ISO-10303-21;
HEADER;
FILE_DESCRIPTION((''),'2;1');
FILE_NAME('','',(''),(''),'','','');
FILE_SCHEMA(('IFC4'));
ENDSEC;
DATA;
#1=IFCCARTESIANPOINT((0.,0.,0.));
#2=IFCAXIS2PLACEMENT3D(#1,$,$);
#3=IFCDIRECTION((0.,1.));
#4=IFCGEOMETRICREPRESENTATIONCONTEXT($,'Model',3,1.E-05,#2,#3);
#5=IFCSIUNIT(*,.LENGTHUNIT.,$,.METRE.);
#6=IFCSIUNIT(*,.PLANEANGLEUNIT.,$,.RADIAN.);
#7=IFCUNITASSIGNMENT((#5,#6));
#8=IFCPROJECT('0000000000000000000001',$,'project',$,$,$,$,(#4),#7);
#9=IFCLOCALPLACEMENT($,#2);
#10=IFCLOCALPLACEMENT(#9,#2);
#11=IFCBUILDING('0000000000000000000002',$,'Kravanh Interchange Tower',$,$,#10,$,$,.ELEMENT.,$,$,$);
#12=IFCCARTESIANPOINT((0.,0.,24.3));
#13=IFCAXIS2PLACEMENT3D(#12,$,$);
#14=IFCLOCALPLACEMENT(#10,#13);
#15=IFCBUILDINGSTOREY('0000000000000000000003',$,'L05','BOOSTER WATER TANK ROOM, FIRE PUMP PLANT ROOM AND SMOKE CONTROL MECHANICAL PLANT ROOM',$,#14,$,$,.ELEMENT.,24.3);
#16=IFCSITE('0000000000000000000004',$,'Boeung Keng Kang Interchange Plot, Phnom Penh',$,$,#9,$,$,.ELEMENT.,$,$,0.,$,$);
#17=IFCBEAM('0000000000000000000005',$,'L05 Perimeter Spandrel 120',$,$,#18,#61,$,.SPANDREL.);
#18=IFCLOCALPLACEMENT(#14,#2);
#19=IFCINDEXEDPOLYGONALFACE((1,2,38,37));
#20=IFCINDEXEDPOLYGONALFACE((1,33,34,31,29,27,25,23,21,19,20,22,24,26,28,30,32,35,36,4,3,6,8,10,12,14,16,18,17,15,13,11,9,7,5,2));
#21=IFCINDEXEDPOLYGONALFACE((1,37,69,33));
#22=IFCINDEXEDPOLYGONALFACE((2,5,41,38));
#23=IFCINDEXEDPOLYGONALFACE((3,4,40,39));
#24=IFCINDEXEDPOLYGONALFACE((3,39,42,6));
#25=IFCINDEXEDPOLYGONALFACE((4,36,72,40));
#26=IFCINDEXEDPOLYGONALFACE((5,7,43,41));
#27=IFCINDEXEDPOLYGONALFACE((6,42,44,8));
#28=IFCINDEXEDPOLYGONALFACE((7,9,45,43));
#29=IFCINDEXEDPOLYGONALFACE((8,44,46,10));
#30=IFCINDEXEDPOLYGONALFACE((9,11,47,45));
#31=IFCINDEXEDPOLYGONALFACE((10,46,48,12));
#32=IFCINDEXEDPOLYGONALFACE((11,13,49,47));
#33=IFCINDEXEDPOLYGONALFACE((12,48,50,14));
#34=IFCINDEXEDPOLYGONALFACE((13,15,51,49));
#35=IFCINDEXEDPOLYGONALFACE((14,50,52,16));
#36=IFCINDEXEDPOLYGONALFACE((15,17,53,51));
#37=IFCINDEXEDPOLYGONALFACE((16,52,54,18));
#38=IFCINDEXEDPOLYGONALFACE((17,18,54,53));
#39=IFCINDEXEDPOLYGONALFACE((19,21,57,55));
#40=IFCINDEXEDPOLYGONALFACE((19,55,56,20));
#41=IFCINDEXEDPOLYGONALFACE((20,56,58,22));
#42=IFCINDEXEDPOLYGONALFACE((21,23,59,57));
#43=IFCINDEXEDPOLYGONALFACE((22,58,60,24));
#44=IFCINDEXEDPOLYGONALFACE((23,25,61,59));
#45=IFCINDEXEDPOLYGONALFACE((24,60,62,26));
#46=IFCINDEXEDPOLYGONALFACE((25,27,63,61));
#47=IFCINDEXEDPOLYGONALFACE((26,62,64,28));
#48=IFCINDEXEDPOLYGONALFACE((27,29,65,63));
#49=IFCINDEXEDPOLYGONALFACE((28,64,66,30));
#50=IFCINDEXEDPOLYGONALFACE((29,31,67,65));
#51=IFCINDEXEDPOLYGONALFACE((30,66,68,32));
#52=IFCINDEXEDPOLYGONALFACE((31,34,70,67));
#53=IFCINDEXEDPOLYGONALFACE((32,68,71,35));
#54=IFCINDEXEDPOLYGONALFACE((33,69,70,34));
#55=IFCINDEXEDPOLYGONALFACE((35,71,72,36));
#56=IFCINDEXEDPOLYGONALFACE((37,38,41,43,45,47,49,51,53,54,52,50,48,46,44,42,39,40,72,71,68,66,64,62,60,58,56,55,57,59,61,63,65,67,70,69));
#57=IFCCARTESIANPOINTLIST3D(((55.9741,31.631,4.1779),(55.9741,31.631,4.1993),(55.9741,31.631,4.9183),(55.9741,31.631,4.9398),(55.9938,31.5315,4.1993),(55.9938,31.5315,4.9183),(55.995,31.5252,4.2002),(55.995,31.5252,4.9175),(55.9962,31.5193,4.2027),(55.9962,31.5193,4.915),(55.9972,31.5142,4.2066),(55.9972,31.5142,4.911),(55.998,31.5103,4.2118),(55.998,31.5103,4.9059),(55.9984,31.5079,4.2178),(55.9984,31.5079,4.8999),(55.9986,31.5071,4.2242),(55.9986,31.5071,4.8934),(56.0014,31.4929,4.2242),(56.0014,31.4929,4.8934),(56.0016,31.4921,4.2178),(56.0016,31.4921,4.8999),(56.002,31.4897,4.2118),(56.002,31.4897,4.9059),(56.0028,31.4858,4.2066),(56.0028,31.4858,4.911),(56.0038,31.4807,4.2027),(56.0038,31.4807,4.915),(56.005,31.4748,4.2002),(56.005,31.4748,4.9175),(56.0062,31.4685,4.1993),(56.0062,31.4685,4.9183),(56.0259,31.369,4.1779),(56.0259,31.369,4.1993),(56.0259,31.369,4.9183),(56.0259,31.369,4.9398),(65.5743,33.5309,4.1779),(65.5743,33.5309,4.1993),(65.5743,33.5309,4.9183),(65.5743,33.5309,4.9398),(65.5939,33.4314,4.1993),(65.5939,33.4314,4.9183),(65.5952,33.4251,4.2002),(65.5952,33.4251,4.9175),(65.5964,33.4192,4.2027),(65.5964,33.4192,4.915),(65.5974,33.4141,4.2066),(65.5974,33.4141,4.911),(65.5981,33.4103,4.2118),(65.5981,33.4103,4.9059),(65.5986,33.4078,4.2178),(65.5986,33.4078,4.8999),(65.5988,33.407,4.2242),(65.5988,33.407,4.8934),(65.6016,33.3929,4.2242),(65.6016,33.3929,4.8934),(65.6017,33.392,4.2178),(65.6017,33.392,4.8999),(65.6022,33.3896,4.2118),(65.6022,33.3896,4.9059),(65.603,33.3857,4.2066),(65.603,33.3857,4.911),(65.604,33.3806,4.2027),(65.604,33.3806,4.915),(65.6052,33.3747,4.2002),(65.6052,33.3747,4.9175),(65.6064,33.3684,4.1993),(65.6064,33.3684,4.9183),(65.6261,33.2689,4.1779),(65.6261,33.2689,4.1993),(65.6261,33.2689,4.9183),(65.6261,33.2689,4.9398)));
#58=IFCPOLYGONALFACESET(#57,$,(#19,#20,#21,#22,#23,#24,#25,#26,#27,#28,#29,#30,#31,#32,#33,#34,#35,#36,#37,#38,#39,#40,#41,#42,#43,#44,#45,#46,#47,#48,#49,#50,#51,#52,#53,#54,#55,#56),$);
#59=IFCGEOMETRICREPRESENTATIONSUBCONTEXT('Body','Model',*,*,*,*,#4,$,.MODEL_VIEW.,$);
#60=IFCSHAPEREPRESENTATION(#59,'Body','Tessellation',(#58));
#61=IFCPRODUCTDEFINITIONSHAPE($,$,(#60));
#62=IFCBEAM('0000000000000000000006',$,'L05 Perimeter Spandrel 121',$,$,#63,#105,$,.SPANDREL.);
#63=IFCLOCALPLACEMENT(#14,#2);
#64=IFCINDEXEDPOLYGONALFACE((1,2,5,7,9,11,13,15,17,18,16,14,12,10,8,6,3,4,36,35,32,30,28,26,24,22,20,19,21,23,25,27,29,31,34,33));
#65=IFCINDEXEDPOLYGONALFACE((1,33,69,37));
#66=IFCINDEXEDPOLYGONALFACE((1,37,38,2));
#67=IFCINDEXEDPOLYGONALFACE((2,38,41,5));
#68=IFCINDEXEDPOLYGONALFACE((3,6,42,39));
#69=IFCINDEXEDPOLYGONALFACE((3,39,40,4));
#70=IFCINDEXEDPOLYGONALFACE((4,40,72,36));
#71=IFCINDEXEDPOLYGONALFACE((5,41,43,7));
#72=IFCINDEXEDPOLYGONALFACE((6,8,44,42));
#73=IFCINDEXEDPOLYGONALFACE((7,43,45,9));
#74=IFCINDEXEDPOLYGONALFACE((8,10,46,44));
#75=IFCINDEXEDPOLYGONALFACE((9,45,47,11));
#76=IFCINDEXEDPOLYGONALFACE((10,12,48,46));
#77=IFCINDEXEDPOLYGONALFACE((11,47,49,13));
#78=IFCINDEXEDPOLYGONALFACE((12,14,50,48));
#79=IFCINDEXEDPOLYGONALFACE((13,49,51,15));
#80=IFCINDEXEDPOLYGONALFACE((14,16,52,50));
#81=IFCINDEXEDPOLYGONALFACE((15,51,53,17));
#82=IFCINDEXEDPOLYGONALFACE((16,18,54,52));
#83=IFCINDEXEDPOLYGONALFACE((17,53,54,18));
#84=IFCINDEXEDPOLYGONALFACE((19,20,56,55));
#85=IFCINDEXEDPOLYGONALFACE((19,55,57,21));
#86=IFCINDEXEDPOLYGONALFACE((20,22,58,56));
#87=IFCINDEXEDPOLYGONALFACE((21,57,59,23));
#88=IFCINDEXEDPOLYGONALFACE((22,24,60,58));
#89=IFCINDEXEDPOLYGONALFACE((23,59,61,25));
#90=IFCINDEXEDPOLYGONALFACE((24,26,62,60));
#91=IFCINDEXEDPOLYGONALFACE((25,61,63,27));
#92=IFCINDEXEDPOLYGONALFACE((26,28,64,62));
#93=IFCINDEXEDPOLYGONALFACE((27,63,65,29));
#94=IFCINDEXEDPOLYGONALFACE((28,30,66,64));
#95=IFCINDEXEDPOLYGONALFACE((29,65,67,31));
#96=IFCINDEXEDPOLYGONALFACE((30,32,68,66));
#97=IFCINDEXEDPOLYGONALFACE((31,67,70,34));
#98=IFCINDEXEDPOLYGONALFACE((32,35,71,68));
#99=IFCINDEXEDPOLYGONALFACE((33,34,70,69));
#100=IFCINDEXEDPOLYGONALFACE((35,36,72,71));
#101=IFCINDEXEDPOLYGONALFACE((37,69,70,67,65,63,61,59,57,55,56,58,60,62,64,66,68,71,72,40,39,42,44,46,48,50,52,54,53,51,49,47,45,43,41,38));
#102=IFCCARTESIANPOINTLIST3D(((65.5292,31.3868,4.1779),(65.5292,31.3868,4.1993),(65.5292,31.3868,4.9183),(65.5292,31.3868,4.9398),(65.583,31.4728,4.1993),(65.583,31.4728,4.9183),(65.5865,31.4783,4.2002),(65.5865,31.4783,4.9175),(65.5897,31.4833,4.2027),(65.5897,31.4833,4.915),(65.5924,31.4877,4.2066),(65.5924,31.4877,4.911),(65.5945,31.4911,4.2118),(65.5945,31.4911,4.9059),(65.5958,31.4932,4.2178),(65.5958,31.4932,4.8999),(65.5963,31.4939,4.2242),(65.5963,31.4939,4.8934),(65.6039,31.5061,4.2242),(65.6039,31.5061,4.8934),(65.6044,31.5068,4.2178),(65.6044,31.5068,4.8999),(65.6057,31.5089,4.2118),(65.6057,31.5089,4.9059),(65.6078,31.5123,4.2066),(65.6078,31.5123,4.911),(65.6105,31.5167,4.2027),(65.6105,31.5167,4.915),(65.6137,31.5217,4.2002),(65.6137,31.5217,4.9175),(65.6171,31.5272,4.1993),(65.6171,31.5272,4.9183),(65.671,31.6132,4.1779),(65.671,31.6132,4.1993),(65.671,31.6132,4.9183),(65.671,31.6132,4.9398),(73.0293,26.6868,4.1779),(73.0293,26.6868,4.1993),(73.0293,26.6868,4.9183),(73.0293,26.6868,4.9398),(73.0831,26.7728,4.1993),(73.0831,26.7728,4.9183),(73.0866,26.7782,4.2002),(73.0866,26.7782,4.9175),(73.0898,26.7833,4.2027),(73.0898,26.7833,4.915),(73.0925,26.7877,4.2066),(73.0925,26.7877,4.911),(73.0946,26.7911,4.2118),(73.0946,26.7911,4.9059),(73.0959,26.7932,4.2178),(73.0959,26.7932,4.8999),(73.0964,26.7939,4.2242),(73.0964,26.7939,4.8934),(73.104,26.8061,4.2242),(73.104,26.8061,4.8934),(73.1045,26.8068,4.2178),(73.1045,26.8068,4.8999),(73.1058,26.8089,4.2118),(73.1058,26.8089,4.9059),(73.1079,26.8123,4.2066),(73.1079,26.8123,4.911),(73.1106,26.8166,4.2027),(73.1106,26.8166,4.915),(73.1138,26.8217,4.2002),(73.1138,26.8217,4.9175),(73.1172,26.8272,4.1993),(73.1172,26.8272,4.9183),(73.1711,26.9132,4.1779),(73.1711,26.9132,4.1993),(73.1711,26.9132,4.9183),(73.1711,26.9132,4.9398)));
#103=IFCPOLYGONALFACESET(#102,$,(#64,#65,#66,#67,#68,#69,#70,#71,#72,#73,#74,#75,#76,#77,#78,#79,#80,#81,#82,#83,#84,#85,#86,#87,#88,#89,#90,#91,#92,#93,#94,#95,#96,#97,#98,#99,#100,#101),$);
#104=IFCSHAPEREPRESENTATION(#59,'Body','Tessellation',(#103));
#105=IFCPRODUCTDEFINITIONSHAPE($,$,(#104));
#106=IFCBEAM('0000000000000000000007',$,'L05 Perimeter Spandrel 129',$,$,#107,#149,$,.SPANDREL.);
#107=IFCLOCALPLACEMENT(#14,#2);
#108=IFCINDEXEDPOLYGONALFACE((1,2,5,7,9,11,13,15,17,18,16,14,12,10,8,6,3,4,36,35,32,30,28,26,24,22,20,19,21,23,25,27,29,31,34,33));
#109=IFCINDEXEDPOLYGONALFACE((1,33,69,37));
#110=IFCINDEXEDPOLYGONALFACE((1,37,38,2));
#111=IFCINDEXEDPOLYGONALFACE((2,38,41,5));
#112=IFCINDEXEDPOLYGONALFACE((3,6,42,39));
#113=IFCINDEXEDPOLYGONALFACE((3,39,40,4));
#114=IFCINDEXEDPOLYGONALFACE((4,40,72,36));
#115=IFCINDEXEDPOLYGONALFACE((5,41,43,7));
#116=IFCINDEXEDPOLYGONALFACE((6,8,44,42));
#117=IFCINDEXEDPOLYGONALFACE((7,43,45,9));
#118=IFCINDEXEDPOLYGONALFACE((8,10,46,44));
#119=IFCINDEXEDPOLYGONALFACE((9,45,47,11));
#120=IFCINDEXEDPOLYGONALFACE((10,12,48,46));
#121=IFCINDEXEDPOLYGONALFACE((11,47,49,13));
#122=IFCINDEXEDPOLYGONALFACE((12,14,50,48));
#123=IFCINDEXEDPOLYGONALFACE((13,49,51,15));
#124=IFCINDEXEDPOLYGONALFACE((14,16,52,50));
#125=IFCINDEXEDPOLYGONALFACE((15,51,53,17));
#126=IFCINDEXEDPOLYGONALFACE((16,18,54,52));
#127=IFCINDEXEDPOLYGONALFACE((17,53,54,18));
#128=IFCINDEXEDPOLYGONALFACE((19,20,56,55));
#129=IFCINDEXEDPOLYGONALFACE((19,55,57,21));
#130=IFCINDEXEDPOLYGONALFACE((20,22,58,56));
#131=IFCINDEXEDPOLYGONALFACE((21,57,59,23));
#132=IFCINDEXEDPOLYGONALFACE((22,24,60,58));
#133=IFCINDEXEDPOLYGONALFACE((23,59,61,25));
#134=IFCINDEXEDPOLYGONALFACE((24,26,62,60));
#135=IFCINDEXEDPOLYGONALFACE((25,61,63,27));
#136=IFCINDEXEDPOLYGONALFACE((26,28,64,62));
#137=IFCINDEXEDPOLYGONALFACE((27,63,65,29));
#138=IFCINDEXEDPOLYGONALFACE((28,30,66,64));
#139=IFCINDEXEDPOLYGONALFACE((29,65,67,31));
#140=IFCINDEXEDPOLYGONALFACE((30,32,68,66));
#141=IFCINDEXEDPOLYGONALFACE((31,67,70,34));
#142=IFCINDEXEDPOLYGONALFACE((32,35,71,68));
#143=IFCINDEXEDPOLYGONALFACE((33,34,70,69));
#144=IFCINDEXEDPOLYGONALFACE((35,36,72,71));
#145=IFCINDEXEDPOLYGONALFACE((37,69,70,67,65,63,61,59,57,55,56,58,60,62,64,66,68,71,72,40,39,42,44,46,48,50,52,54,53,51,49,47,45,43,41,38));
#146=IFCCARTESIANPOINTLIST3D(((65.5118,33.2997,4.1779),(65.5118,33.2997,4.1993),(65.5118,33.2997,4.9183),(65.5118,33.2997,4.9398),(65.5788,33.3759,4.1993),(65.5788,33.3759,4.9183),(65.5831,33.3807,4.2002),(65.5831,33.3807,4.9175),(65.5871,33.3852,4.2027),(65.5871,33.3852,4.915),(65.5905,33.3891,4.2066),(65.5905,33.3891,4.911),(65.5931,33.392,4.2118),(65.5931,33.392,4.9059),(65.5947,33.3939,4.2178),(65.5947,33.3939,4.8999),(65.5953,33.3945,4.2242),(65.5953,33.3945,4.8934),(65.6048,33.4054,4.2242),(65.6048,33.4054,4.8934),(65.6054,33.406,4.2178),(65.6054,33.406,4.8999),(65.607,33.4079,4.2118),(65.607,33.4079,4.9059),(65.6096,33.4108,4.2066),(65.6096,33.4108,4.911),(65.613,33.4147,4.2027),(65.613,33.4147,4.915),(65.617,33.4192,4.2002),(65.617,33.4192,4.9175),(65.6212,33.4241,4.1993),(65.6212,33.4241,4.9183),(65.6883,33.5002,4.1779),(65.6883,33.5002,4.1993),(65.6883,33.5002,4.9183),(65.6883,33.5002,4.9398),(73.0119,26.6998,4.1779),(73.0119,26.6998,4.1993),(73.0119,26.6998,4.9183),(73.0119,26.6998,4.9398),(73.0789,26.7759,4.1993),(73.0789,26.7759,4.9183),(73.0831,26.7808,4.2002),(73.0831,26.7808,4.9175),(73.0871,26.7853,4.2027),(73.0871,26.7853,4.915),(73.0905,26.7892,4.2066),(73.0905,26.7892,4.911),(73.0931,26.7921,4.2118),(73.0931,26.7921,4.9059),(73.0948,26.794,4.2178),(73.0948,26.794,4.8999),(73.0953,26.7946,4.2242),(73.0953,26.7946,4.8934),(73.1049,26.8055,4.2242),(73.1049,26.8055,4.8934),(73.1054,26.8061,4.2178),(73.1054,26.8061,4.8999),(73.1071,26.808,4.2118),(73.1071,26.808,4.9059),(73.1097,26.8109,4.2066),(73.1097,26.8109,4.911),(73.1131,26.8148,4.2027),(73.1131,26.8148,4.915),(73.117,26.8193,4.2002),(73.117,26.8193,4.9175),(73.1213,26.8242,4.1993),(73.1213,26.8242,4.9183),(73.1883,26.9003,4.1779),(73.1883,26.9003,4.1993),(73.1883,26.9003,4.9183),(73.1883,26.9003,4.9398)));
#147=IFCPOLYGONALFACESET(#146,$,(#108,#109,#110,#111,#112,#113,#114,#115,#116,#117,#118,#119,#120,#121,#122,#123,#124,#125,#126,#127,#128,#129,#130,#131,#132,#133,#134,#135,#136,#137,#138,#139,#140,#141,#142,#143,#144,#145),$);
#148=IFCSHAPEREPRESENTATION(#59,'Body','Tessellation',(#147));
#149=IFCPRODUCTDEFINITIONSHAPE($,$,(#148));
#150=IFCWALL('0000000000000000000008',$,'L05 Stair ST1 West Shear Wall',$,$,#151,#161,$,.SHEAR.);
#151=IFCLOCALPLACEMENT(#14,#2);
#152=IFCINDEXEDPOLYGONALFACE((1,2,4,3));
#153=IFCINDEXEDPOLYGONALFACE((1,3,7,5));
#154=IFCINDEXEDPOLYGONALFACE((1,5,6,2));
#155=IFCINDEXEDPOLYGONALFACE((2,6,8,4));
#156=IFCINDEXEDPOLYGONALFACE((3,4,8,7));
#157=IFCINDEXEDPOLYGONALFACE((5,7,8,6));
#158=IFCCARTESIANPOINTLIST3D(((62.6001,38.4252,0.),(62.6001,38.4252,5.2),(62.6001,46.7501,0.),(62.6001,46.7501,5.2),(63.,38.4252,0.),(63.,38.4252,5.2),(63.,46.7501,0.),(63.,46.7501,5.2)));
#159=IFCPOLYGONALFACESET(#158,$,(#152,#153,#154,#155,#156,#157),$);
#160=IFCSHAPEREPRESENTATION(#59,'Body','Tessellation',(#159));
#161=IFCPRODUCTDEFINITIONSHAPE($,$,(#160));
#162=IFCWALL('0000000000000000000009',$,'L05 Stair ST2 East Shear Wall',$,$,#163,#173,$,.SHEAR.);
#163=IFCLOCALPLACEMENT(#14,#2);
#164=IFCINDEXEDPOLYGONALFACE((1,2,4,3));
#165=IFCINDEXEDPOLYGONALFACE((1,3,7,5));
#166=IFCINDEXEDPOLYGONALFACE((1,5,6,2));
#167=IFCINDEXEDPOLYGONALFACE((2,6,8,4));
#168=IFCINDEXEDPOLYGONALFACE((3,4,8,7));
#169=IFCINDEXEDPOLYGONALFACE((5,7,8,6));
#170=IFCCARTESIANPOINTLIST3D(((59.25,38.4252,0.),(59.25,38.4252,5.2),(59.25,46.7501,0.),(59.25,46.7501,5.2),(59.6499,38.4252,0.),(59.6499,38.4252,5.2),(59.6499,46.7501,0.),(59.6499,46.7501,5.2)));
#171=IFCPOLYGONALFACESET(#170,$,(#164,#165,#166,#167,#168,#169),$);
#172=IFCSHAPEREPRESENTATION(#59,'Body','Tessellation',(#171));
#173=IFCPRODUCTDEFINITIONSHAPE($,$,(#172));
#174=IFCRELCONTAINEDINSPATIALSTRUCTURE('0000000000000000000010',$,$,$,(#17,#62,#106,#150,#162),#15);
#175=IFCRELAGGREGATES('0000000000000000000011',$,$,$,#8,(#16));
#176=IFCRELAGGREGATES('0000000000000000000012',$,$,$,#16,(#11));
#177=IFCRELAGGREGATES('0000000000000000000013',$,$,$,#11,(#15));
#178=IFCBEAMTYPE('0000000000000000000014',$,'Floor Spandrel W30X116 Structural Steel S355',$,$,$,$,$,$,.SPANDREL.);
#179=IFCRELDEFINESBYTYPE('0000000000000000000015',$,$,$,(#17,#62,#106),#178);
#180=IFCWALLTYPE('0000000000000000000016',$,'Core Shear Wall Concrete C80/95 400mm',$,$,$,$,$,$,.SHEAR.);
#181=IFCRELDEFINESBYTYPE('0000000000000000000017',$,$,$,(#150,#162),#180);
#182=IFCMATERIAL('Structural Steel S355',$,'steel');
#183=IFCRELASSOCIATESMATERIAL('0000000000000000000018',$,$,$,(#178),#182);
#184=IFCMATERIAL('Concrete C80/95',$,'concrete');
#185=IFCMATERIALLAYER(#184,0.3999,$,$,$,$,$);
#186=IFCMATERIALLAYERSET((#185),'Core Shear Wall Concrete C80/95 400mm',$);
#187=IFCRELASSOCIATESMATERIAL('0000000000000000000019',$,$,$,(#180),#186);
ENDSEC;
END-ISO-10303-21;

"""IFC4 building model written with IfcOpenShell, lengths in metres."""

from ifc_helpers import new_model, si_unit, direction, frame, frame_2d, origin, origin_2d, place, context, subcontext, project, spatial, rectangle, i_section, extrude, material, layer, layer_set, material_profile, profile_set, type_object, element, save


model = new_model("IFC4")

# Units and contexts
model_context = context("Model", 3, precision=1e-05, world=origin(), true_north=direction((0.0, 1.0)))
body_context = subcontext(model_context, "Body", "Model", "MODEL_VIEW")
ifc_project = project(units=[si_unit("LENGTHUNIT", "METRE"), si_unit("PLANEANGLEUNIT", "RADIAN")], contexts=[model_context])

# Site, building, storey
site_placement = place(None, origin())
site = spatial("IfcSite", under=ifc_project, at=site_placement, Name="Boeung Keng Kang Interchange Plot, Phnom Penh", CompositionType="ELEMENT", RefElevation=0.0)
building_placement = place(site_placement, origin())
building = spatial("IfcBuilding", under=site, at=building_placement, Name="Kravanh Interchange Tower", CompositionType="ELEMENT")
storey_placement = place(building_placement, frame((0.0, 0.0, 24.3)))
storey = spatial("IfcBuildingStorey", under=building, at=storey_placement, Name="L05", Description="BOOSTER WATER TANK ROOM, FIRE PUMP PLANT ROOM AND SMOKE CONTROL MECHANICAL PLANT ROOM", CompositionType="ELEMENT", Elevation=24.3)

# Beams
ifc_material_1 = material(Name="Structural Steel S355", Category="steel")
ifc_material_profile_1 = material_profile(ifc_material_1, i_section(OverallWidth=0.2671, OverallDepth=0.762, WebThickness=0.0144, FlangeThickness=0.0215, FilletRadius=0.0249, at=origin_2d()), Name="W30X116")
ifc_profile_set_1 = profile_set([ifc_material_profile_1], Name="Structural Steel S355")
beam_type_1 = type_object("IfcBeamType", Name="Floor Spandrel W30X116 Structural Steel S355", PredefinedType="SPANDREL", material=ifc_profile_set_1)
beam_1_placement = place(storey_placement, frame((56.0, 31.5, 4.5588), z_axis=(0.980974, 0.194139, 0.0), x_axis=(-0.194139, 0.980974, 0.0)))
element("IfcBeam", 1, at=beam_1_placement, inside=storey, type_object=beam_type_1, Name="L05 Perimeter Spandrel 120", PredefinedType="SPANDREL", context=body_context, shape_type="SweptSolid", body=[
    extrude(i_section(OverallWidth=0.2671, OverallDepth=0.762, WebThickness=0.0144, FlangeThickness=0.0215, FilletRadius=0.0249, at=origin_2d()), origin(), (0.0, 0.0, 1.0), 9.7864),
])
beam_2_placement = place(storey_placement, frame((65.6001, 31.5, 4.5588), z_axis=(0.847365, -0.53101, 0.0), x_axis=(0.53101, 0.847365, 0.0)))
element("IfcBeam", 2, at=beam_2_placement, inside=storey, type_object=beam_type_1, Name="L05 Perimeter Spandrel 121", PredefinedType="SPANDREL", context=body_context, shape_type="SweptSolid", body=[
    extrude(i_section(OverallWidth=0.2671, OverallDepth=0.762, WebThickness=0.0144, FlangeThickness=0.0215, FilletRadius=0.0249, at=origin_2d()), origin(), (0.0, 0.0, 1.0), 8.8511),
])
beam_3_placement = place(storey_placement, frame((73.1001, 26.8, 4.5588), z_axis=(-0.750721, 0.66062, 0.0), x_axis=(-0.66062, -0.750721, 0.0)))
element("IfcBeam", 3, at=beam_3_placement, inside=storey, type_object=beam_type_1, Name="L05 Perimeter Spandrel 129", PredefinedType="SPANDREL", context=body_context, shape_type="SweptSolid", body=[
    extrude(i_section(OverallWidth=0.2671, OverallDepth=0.762, WebThickness=0.0144, FlangeThickness=0.0215, FilletRadius=0.0249, at=origin_2d()), origin(), (0.0, 0.0, 1.0), 9.9905),
])

# Walls
ifc_material_2 = material(Name="Concrete C80/95", Category="concrete")
ifc_layer_1 = layer(ifc_material_2, 0.3999)
ifc_layer_set_1 = layer_set([ifc_layer_1], Name="Core Shear Wall Concrete C80/95 400mm")
wall_type_1 = type_object("IfcWallType", Name="Core Shear Wall Concrete C80/95 400mm", PredefinedType="SHEAR", material=ifc_layer_set_1)
for number, where, z_axis, x_axis, name in (
    (4, (62.8, 38.425, 0.0), (0.0, 0.0, 1.0), (0.0, 1.0, 0.0), "L05 Stair ST1 West Shear Wall"),
    (5, (59.45, 38.425, 0.0), (0.0, 0.0, 1.0), (0.0, 1.0, 0.0), "L05 Stair ST2 East Shear Wall"),
):
    element("IfcWall", number, at=place(storey_placement, frame(where, z_axis=z_axis, x_axis=x_axis)), inside=storey, type_object=wall_type_1, Name=name, PredefinedType="SHEAR", context=body_context, shape_type="SweptSolid", body=[
        extrude(rectangle(XDim=8.325, YDim=0.3999, at=frame_2d((4.1626, 0.0))), origin(), (0.0, 0.0, 1.0), 5.2),
    ])

save(model, "model.ifc")
